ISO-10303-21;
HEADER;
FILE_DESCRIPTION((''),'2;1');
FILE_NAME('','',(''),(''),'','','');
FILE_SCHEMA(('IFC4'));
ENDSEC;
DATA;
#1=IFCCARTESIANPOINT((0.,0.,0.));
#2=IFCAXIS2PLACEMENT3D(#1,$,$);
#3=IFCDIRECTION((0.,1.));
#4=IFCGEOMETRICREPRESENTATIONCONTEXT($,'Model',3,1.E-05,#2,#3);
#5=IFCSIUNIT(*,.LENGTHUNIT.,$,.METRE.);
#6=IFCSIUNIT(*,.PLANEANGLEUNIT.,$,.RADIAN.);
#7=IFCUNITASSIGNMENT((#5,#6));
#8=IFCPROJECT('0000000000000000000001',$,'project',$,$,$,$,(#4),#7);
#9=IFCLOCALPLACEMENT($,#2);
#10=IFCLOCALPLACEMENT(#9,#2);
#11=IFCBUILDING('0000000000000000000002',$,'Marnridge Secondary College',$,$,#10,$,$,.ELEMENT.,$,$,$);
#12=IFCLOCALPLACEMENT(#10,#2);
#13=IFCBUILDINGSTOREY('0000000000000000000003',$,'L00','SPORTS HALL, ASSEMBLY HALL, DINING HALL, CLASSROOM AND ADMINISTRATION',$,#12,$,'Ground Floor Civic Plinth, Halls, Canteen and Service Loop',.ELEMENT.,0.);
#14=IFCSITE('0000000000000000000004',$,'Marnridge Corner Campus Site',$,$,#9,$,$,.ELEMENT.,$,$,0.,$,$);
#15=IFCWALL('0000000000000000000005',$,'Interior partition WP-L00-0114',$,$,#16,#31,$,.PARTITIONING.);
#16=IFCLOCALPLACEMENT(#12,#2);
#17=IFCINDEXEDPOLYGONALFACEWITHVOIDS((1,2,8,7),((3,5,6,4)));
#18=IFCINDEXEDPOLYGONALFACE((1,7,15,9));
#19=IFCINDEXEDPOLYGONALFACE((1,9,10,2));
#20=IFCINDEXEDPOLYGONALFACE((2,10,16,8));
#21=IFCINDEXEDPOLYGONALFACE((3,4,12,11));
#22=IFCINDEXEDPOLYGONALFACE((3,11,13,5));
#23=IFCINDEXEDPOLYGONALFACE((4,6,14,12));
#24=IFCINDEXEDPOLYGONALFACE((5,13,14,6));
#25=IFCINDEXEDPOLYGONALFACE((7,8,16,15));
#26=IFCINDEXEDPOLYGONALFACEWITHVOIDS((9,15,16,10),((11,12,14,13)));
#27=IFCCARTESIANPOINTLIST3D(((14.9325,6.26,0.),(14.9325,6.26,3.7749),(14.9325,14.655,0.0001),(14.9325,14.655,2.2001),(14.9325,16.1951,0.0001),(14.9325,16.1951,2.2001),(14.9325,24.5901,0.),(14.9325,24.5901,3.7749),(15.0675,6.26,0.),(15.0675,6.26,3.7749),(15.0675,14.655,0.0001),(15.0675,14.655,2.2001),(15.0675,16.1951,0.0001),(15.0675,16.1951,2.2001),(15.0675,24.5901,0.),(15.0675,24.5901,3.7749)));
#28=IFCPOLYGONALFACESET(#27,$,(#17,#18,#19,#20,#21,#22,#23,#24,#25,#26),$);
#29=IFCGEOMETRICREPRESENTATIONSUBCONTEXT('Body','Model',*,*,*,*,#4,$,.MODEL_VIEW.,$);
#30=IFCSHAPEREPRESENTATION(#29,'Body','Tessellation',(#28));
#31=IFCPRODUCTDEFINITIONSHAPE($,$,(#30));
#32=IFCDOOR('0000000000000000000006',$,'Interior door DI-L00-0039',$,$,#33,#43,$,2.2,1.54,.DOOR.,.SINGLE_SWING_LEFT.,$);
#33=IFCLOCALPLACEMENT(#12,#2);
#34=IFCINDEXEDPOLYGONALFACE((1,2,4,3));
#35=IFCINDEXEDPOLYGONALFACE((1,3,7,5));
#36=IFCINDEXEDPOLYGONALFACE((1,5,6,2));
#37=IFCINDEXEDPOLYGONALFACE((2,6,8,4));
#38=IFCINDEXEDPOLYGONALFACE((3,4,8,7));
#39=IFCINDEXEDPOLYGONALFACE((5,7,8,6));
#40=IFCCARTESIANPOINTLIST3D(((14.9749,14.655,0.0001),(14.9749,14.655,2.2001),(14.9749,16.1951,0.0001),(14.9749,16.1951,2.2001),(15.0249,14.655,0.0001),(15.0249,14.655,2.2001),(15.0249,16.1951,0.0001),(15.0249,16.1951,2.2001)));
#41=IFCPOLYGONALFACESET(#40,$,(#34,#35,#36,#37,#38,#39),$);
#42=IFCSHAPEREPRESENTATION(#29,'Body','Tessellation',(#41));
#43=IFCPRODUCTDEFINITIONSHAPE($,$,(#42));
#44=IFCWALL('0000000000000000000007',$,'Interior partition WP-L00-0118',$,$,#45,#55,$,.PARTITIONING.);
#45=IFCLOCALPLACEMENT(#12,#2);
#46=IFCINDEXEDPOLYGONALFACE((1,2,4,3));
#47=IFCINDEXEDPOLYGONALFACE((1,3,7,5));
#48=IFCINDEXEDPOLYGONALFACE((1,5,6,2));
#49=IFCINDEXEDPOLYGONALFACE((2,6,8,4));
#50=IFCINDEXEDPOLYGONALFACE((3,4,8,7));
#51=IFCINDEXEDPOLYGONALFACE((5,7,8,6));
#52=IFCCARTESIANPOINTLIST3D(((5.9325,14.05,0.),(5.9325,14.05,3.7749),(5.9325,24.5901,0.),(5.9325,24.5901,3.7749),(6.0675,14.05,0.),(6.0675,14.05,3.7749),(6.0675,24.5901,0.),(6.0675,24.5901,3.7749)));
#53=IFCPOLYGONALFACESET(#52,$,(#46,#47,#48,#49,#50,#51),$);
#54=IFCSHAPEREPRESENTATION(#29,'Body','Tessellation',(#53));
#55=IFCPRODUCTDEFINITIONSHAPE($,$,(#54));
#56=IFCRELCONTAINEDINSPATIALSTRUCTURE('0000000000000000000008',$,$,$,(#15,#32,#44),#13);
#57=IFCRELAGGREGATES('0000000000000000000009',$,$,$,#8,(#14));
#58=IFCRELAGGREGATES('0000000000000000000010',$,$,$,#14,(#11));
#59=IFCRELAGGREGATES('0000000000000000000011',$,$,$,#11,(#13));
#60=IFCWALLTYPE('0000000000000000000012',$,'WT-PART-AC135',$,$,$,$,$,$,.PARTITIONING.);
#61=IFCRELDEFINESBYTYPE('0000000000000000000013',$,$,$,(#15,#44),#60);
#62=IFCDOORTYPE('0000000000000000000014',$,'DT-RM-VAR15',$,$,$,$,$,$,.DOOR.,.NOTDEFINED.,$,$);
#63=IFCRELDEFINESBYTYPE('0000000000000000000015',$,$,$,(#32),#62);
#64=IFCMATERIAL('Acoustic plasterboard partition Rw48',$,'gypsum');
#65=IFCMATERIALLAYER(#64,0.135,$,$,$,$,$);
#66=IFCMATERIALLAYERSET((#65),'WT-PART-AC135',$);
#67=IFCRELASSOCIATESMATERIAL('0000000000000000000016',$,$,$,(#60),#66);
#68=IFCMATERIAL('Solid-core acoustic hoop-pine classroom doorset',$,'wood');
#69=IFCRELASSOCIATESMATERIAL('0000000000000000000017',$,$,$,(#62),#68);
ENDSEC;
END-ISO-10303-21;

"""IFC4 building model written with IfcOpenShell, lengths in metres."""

from ifc_helpers import new_model, si_unit, direction, frame, frame_2d, origin, place, context, subcontext, project, spatial, rectangle, extrude, material, layer, layer_set, type_object, element, fill, save


model = new_model("IFC4")

# Units and contexts
model_context = context("Model", 3, precision=1e-05, world=origin(), true_north=direction((0.0, 1.0)))
body_context = subcontext(model_context, "Body", "Model", "MODEL_VIEW")
ifc_project = project(units=[si_unit("LENGTHUNIT", "METRE"), si_unit("PLANEANGLEUNIT", "RADIAN")], contexts=[model_context])

# Site, building, storey
site_placement = place(None, origin())
site = spatial("IfcSite", under=ifc_project, at=site_placement, Name="Marnridge Corner Campus Site", CompositionType="ELEMENT", RefElevation=0.0)
building_placement = place(site_placement, origin())
building = spatial("IfcBuilding", under=site, at=building_placement, Name="Marnridge Secondary College", CompositionType="ELEMENT")
storey_placement = place(building_placement, origin())
storey = spatial("IfcBuildingStorey", under=building, at=storey_placement, Name="L00", Description="SPORTS HALL, ASSEMBLY HALL, DINING HALL, CLASSROOM AND ADMINISTRATION", LongName="Ground Floor Civic Plinth, Halls, Canteen and Service Loop", CompositionType="ELEMENT", Elevation=0.0)

# Wall, opening, door
ifc_material_1 = material(Name="Acoustic plasterboard partition Rw48", Category="gypsum")
ifc_layer_1 = layer(ifc_material_1, 0.135)
ifc_layer_set_1 = layer_set([ifc_layer_1], Name="WT-PART-AC135")
wall_type_1 = type_object("IfcWallType", Name="WT-PART-AC135", PredefinedType="PARTITIONING", material=ifc_layer_set_1)
wall_1_placement = place(storey_placement, frame((15.0, 24.5901, 0.0), z_axis=(0.0, 0.0, 1.0), x_axis=(0.0, -1.0, 0.0)))
wall_1 = element("IfcWall", 1, at=wall_1_placement, inside=storey, type_object=wall_type_1, Name="Interior partition WP-L00-0114", PredefinedType="PARTITIONING", context=body_context, shape_type="SweptSolid", body=[
    extrude(rectangle(XDim=18.3301, YDim=0.135, at=frame_2d((9.165, 0.0))), origin(), (0.0, 0.0, 1.0), 3.7749),
])
opening_placement = place(wall_1_placement, frame((8.395, 0.0, 0.0)))
opening = element("IfcOpeningElement", 2, at=opening_placement, cuts=wall_1, PredefinedType="OPENING", context=body_context, shape_type="SweptSolid", body=[
    extrude(rectangle(XDim=1.54, YDim=2.2, at=frame_2d((0.77, 1.1001))), frame((0.0, 0.0774, 0.0), z_axis=(0.0, -1.0, 0.0), x_axis=(1.0, 0.0, 0.0)), (0.0, 0.0, 1.0), 0.155),
])
ifc_material_2 = material(Name="Solid-core acoustic hoop-pine classroom doorset", Category="wood")
door_type = type_object("IfcDoorType", Name="DT-RM-VAR15", OperationType="NOTDEFINED", PredefinedType="DOOR", material=ifc_material_2)
door_placement = place(opening_placement, origin())
door = element("IfcDoor", 3, at=door_placement, inside=storey, type_object=door_type, Name="Interior door DI-L00-0039", OperationType="SINGLE_SWING_LEFT", OverallHeight=2.2, OverallWidth=1.54, PredefinedType="DOOR", context=body_context, shape_type="SweptSolid", body=[
    extrude(rectangle(XDim=1.54, YDim=2.2, at=frame_2d((0.77, 1.1001))), frame((0.0, 0.0249, 0.0), z_axis=(0.0, -1.0, 0.0), x_axis=(1.0, 0.0, 0.0)), (0.0, 0.0, 1.0), 0.05),
])
fill(opening, door)

# Wall
wall_2_placement = place(storey_placement, frame((6.0, 24.5901, 0.0), z_axis=(0.0, 0.0, 1.0), x_axis=(0.0, -1.0, 0.0)))
element("IfcWall", 4, at=wall_2_placement, inside=storey, type_object=wall_type_1, Name="Interior partition WP-L00-0118", PredefinedType="PARTITIONING", context=body_context, shape_type="SweptSolid", body=[
    extrude(rectangle(XDim=10.54, YDim=0.135, at=frame_2d((5.27, 0.0))), origin(), (0.0, 0.0, 1.0), 3.7749),
])

save(model, "model.ifc")
